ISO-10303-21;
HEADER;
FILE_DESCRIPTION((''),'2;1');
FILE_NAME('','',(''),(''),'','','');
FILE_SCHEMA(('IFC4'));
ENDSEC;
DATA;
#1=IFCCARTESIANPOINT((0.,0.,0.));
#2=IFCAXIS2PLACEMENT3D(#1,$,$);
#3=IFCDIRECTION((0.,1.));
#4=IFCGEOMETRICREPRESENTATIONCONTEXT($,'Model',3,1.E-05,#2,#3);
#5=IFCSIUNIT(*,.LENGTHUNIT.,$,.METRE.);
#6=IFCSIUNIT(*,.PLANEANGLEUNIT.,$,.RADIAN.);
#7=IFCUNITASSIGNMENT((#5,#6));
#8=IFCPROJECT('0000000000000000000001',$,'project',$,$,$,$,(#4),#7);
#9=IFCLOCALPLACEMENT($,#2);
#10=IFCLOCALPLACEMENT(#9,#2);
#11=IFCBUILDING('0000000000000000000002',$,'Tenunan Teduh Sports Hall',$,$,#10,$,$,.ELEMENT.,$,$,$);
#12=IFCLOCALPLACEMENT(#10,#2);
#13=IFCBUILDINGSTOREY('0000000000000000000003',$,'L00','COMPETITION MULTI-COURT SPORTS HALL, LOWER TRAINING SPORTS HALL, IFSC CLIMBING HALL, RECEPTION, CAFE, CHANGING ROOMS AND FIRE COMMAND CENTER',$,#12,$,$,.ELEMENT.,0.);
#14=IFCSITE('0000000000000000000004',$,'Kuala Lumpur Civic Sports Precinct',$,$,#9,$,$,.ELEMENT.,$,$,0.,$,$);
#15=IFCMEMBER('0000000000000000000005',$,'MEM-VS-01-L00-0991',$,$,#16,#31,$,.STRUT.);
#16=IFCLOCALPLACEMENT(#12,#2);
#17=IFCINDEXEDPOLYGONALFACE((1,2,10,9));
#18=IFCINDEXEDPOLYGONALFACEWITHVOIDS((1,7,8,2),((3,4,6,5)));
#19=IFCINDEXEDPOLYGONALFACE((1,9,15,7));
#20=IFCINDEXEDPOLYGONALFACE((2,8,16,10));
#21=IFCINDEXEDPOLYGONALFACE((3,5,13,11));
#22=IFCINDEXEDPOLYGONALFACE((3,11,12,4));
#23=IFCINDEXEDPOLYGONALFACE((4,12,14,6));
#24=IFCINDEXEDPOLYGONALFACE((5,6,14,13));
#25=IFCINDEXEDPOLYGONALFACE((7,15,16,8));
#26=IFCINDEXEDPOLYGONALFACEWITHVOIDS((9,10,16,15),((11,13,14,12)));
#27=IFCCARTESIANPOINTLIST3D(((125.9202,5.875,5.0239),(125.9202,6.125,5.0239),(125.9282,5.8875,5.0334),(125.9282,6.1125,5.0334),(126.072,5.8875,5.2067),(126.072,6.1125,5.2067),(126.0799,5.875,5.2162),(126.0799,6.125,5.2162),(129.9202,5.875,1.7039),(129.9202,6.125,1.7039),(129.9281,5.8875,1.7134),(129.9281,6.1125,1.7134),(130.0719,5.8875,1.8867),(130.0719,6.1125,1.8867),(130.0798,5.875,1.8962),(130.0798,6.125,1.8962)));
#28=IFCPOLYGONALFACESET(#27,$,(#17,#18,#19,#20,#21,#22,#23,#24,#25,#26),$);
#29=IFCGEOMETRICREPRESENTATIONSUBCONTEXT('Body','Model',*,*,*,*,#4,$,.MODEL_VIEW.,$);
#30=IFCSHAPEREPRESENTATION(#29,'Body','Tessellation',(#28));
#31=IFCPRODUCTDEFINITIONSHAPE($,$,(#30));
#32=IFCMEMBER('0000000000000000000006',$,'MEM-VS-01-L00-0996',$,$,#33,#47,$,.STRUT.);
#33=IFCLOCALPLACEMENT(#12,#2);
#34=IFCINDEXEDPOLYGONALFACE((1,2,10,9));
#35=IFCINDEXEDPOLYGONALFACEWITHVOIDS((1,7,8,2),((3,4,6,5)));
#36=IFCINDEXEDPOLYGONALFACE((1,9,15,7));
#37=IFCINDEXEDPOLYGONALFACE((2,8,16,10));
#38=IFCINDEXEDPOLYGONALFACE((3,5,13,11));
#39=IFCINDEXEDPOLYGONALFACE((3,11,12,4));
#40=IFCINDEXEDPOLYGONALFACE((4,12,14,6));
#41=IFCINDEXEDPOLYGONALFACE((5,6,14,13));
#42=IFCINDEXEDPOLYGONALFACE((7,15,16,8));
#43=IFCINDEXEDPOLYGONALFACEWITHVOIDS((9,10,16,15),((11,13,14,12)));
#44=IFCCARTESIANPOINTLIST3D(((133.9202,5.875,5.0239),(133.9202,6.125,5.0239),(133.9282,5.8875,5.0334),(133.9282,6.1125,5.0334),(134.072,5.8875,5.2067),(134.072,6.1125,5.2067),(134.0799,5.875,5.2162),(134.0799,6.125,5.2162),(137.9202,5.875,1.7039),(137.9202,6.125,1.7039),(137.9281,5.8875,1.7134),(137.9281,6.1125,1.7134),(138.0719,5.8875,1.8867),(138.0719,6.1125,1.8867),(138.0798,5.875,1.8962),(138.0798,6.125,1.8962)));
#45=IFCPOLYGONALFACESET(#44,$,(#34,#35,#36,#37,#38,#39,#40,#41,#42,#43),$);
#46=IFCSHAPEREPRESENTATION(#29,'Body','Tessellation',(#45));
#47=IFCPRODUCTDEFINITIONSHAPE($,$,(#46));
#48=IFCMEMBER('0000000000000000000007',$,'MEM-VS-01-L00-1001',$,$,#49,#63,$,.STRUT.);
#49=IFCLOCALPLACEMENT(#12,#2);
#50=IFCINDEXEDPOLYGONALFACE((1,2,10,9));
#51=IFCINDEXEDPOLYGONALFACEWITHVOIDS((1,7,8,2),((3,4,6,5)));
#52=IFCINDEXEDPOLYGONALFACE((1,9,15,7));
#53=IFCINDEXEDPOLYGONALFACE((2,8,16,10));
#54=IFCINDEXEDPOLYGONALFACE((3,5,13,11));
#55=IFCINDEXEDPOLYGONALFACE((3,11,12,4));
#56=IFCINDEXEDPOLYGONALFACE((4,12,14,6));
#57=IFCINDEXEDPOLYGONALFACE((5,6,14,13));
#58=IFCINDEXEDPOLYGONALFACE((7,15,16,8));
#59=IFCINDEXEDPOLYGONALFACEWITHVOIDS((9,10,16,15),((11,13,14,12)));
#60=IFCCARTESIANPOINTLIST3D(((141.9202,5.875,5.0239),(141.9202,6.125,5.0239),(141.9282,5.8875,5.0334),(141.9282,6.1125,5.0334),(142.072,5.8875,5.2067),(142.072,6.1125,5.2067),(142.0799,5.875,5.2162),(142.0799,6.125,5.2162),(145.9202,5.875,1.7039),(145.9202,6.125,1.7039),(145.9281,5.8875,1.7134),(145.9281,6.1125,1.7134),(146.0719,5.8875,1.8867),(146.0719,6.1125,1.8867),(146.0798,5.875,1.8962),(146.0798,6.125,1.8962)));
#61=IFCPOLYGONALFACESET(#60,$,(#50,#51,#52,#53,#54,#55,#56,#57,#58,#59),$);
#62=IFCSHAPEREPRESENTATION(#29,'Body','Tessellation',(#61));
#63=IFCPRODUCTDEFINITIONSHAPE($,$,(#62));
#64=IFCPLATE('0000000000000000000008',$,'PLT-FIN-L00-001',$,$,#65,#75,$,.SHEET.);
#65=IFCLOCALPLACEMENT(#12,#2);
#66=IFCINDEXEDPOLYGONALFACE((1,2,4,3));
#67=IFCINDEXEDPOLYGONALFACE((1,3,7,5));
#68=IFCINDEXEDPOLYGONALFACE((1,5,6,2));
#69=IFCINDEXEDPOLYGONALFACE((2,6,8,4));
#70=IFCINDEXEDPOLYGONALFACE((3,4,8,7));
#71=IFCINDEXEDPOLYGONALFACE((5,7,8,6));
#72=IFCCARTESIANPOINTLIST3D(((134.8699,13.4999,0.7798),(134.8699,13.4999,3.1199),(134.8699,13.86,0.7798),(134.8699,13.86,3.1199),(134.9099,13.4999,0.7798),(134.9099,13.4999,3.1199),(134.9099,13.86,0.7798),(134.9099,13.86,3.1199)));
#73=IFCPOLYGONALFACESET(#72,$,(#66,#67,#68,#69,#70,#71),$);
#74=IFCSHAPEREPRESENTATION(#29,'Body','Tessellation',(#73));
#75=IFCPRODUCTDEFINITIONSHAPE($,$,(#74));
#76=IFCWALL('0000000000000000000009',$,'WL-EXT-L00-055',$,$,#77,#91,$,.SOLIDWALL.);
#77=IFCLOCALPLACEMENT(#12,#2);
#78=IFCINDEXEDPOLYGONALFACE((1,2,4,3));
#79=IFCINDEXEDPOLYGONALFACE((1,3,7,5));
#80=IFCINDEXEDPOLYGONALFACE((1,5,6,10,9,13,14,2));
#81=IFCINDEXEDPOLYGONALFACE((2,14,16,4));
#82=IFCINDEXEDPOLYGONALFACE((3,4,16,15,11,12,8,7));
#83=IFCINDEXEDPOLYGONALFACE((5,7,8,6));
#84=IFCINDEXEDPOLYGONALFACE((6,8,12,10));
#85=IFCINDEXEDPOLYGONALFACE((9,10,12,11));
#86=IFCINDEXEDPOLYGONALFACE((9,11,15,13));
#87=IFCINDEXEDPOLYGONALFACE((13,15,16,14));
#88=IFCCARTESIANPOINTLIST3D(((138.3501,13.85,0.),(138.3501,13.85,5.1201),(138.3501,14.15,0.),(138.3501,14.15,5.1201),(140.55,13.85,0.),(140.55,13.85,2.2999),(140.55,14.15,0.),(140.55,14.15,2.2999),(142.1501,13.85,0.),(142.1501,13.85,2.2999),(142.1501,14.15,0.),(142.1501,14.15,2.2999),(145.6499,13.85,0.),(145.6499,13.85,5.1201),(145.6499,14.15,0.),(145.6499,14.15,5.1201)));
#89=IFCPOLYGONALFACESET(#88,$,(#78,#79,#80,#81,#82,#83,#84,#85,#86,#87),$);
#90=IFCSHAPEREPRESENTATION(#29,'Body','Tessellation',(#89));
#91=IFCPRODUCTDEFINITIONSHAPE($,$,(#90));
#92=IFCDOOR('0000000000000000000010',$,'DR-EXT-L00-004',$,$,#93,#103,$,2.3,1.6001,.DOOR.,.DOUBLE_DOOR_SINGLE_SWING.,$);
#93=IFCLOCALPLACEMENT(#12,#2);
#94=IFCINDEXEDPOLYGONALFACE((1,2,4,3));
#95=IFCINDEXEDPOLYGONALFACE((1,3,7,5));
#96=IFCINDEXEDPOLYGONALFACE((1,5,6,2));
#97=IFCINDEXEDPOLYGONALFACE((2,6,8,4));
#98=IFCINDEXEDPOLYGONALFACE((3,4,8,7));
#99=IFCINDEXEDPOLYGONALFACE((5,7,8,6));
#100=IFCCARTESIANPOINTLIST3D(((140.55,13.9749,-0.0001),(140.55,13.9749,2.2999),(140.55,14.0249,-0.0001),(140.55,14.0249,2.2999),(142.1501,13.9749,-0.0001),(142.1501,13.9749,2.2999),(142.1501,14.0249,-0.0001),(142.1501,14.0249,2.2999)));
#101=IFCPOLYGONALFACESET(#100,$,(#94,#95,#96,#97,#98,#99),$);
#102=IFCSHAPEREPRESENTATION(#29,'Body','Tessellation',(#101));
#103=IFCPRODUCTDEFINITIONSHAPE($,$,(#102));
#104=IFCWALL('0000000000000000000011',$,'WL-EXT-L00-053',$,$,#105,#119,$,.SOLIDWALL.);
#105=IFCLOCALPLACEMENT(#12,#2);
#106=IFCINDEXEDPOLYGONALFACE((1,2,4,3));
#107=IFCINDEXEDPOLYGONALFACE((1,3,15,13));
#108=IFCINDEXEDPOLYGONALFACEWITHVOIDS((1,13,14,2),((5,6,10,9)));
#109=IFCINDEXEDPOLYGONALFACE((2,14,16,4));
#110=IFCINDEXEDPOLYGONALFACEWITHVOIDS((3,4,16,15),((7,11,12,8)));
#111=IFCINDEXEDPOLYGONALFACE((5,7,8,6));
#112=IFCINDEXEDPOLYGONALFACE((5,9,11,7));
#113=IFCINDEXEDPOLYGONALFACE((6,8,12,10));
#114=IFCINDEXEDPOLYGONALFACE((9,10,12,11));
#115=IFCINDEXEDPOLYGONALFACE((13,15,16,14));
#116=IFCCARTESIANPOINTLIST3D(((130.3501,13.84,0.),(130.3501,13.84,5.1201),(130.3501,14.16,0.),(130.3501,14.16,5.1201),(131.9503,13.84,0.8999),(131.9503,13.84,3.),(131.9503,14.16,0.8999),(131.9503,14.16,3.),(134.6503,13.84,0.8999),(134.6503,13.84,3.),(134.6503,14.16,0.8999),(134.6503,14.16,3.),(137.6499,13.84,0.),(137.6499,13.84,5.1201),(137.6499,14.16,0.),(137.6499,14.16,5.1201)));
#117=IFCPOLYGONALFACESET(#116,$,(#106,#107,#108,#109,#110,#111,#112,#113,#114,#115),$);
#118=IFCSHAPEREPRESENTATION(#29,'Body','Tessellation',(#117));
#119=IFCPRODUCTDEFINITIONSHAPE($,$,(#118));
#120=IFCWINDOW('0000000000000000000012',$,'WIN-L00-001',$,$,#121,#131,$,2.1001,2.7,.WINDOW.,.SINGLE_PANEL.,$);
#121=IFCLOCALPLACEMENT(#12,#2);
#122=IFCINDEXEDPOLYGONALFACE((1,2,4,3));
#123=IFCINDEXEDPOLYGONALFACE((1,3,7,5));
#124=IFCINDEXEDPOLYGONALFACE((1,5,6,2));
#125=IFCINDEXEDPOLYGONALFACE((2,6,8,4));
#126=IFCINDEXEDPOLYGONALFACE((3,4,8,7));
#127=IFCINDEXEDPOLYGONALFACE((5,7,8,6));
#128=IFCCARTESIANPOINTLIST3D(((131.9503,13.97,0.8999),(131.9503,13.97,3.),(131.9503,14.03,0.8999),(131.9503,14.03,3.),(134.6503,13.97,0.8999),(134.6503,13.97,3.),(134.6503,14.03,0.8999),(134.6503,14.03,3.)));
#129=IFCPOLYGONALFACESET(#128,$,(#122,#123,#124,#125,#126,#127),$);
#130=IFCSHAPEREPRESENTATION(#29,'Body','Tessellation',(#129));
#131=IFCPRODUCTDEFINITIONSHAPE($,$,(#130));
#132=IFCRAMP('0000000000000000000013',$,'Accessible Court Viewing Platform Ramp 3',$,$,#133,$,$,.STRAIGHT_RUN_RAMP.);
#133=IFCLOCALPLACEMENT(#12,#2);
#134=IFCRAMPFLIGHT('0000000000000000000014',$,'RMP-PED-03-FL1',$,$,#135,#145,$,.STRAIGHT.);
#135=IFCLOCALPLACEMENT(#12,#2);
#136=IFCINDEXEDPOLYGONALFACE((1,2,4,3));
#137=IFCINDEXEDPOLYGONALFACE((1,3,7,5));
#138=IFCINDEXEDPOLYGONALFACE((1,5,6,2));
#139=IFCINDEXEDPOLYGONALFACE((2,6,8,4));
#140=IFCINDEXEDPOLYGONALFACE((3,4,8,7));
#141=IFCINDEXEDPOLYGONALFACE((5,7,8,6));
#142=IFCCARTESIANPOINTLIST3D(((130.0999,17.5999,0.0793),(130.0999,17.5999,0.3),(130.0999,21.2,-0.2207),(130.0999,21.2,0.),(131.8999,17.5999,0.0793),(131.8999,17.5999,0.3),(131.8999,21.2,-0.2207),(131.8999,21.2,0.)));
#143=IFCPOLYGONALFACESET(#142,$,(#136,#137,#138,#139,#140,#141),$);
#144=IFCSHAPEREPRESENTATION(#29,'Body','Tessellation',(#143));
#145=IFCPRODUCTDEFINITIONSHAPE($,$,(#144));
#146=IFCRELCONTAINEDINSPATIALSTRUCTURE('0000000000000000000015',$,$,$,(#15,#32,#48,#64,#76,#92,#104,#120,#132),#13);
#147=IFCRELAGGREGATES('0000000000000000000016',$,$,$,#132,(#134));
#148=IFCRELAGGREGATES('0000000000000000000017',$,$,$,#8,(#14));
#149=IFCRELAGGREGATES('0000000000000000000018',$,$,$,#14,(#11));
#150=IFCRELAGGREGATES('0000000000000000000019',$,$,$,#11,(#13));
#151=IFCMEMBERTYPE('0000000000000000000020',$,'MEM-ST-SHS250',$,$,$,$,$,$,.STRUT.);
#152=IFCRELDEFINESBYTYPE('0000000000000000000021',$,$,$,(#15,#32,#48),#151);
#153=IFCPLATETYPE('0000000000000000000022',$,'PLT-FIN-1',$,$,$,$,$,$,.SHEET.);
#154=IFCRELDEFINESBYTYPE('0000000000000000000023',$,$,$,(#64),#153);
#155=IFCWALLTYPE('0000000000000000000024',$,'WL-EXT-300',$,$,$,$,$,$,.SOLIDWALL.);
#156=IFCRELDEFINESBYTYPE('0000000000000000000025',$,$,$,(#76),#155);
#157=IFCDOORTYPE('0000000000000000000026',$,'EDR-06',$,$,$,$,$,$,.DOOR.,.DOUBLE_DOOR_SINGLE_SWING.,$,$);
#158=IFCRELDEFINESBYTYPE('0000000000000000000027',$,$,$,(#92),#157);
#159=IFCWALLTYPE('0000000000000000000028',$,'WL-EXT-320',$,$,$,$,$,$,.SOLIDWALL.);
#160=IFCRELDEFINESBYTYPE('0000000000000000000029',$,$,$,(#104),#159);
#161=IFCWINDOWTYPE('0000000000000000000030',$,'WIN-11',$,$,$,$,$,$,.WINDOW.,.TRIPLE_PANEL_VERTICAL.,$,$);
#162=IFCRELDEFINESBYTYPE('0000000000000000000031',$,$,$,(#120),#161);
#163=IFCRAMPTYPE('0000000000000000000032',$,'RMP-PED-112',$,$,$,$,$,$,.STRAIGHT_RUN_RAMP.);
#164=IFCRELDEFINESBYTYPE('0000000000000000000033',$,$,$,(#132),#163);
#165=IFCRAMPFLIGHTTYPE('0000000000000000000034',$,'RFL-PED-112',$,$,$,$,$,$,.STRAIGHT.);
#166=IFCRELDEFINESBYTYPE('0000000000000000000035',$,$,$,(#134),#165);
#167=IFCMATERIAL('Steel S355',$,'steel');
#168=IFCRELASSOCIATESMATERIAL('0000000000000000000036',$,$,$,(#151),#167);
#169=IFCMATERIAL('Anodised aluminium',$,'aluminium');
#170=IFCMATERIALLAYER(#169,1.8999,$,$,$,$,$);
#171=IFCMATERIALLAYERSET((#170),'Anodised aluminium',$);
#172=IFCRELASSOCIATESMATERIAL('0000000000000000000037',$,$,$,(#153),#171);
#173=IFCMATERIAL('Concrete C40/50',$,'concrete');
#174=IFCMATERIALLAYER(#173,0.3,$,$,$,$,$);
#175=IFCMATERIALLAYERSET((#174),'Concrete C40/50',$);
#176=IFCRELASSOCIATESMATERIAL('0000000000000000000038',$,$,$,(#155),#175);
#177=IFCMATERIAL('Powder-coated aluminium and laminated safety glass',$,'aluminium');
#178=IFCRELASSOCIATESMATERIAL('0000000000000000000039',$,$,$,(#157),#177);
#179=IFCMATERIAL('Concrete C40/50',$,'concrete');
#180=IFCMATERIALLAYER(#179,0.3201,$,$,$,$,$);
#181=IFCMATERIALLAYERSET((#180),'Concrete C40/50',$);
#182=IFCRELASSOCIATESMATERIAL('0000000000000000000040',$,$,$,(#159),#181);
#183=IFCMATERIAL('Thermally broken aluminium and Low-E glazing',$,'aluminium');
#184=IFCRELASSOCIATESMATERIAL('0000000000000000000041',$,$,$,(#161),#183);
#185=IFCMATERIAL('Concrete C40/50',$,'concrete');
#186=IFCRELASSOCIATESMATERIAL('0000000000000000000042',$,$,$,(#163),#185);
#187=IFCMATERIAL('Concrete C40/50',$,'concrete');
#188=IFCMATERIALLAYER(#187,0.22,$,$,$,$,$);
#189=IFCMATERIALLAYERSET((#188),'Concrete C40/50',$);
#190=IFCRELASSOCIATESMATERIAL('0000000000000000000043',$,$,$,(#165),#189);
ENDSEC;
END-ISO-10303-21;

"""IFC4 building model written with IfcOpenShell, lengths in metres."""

from ifc_helpers import new_model, si_unit, direction, frame, frame_2d, origin, origin_2d, place, context, subcontext, project, spatial, polyline, rectangle, hollow_rectangle, outline, extrude, material, layer, layer_set, material_profile, profile_set, type_object, element, fill, aggregate, save


model = new_model("IFC4")

# Units and contexts
model_context = context("Model", 3, precision=1e-05, world=origin(), true_north=direction((0.0, 1.0)))
body_context = subcontext(model_context, "Body", "Model", "MODEL_VIEW")
ifc_project = project(units=[si_unit("LENGTHUNIT", "METRE"), si_unit("PLANEANGLEUNIT", "RADIAN")], contexts=[model_context])

# Site, building, storey
site_placement = place(None, origin())
site = spatial("IfcSite", under=ifc_project, at=site_placement, Name="Kuala Lumpur Civic Sports Precinct", CompositionType="ELEMENT", RefElevation=0.0)
building_placement = place(site_placement, origin())
building = spatial("IfcBuilding", under=site, at=building_placement, Name="Tenunan Teduh Sports Hall", CompositionType="ELEMENT")
storey_placement = place(building_placement, origin())
storey = spatial("IfcBuildingStorey", under=building, at=storey_placement, Name="L00", Description="COMPETITION MULTI-COURT SPORTS HALL, LOWER TRAINING SPORTS HALL, IFSC CLIMBING HALL, RECEPTION, CAFE, CHANGING ROOMS AND FIRE COMMAND CENTER", CompositionType="ELEMENT", Elevation=0.0)

# Members
ifc_material_1 = material(Name="Steel S355", Category="steel")
ifc_material_profile_1 = material_profile(ifc_material_1, hollow_rectangle(XDim=0.25, YDim=0.25, WallThickness=0.0125, at=origin_2d()), Name="SHS 250x250x12.5")
ifc_profile_set_1 = profile_set([ifc_material_profile_1], Name="Steel S355")
member_type_1 = type_object("IfcMemberType", Name="MEM-ST-SHS250", PredefinedType="STRUT", material=ifc_profile_set_1)
for number, where, z_axis, x_axis, name in (
    (1, (130.0, 6.0, 1.8), (-0.769475, 0.0, 0.638677), (0.0, -1.0, 0.0), "MEM-VS-01-L00-0991"),
    (2, (138.0, 6.0, 1.8), (-0.769475, 0.0, 0.638677), (0.0, -1.0, 0.0), "MEM-VS-01-L00-0996"),
    (3, (146.0, 6.0, 1.8), (-0.769475, 0.0, 0.638677), (0.0, -1.0, 0.0), "MEM-VS-01-L00-1001"),
):
    element("IfcMember", number, at=place(storey_placement, frame(where, z_axis=z_axis, x_axis=x_axis)), inside=storey, type_object=member_type_1, Name=name, PredefinedType="STRUT", context=body_context, shape_type="SweptSolid", body=[
        extrude(hollow_rectangle(XDim=0.25, YDim=0.25, WallThickness=0.0125, at=origin_2d()), origin(), (0.0, 0.0, 1.0), 5.1982),
    ])

# Plate
ifc_material_2 = material(Name="Anodised aluminium", Category="aluminium")
ifc_layer_1 = layer(ifc_material_2, 1.8999)
ifc_layer_set_1 = layer_set([ifc_layer_1], Name="Anodised aluminium")
plate_type = type_object("IfcPlateType", Name="PLT-FIN-1", PredefinedType="SHEET", material=ifc_layer_set_1)
plate_placement = place(storey_placement, frame((134.8899, 13.6799, 0.7798), z_axis=(0.0, 0.0, 1.0), x_axis=(1.0, 0.0, 0.0)))
element("IfcPlate", 4, at=plate_placement, inside=storey, type_object=plate_type, Name="PLT-FIN-L00-001", PredefinedType="SHEET", context=body_context, shape_type="SweptSolid", body=[
    extrude(rectangle(XDim=0.04, YDim=0.3601, at=origin_2d()), origin(), (0.0, 0.0, 1.0), 2.3401),
])

# Wall, opening, door
ifc_material_3 = material(Name="Concrete C40/50", Category="concrete")
ifc_layer_2 = layer(ifc_material_3, 0.3)
ifc_layer_set_2 = layer_set([ifc_layer_2], Name="Concrete C40/50")
wall_type_1 = type_object("IfcWallType", Name="WL-EXT-300", PredefinedType="SOLIDWALL", material=ifc_layer_set_2)
wall_1_placement = place(storey_placement, frame((138.3501, 14.0, 0.0), z_axis=(0.0, 0.0, 1.0), x_axis=(1.0, 0.0, 0.0)))
wall_1 = element("IfcWall", 5, at=wall_1_placement, inside=storey, type_object=wall_type_1, Name="WL-EXT-L00-055", PredefinedType="SOLIDWALL", context=body_context, shape_type="SweptSolid", body=[
    extrude(rectangle(XDim=7.2998, YDim=0.3, at=frame_2d((3.6499, 0.0))), origin(), (0.0, 0.0, 1.0), 5.1201),
])
opening_1_placement = place(wall_1_placement, frame((2.2, 0.0, 0.0)))
opening_1 = element("IfcOpeningElement", 6, at=opening_1_placement, cuts=wall_1, PredefinedType="OPENING", context=body_context, shape_type="SweptSolid", body=[
    extrude(rectangle(XDim=1.6001, YDim=2.3, at=frame_2d((0.8, 1.1499))), frame((0.0, 0.1599, 0.0), z_axis=(0.0, -1.0, 0.0), x_axis=(1.0, 0.0, 0.0)), (0.0, 0.0, 1.0), 0.3201),
])
ifc_material_4 = material(Name="Powder-coated aluminium and laminated safety glass", Category="aluminium")
door_type_1 = type_object("IfcDoorType", Name="EDR-06", OperationType="DOUBLE_DOOR_SINGLE_SWING", PredefinedType="DOOR", material=ifc_material_4)
door_1_placement = place(opening_1_placement, origin())
door_1 = element("IfcDoor", 7, at=door_1_placement, inside=storey, type_object=door_type_1, Name="DR-EXT-L00-004", OperationType="DOUBLE_DOOR_SINGLE_SWING", OverallHeight=2.3, OverallWidth=1.6001, PredefinedType="DOOR", context=body_context, shape_type="SweptSolid", body=[
    extrude(rectangle(XDim=1.6001, YDim=2.3, at=frame_2d((0.8, 1.1499))), frame((0.0, 0.0249, 0.0), z_axis=(0.0, -1.0, 0.0), x_axis=(1.0, 0.0, 0.0)), (0.0, 0.0, 1.0), 0.05),
])
fill(opening_1, door_1)

# Wall, opening, window
ifc_material_5 = material(Name="Concrete C40/50", Category="concrete")
ifc_layer_3 = layer(ifc_material_5, 0.3201)
ifc_layer_set_3 = layer_set([ifc_layer_3], Name="Concrete C40/50")
wall_type_2 = type_object("IfcWallType", Name="WL-EXT-320", PredefinedType="SOLIDWALL", material=ifc_layer_set_3)
wall_2_placement = place(storey_placement, frame((130.3501, 14.0, 0.0), z_axis=(0.0, 0.0, 1.0), x_axis=(1.0, 0.0, 0.0)))
wall_2 = element("IfcWall", 8, at=wall_2_placement, inside=storey, type_object=wall_type_2, Name="WL-EXT-L00-053", PredefinedType="SOLIDWALL", context=body_context, shape_type="SweptSolid", body=[
    extrude(rectangle(XDim=7.2998, YDim=0.3201, at=frame_2d((3.6499, 0.0))), origin(), (0.0, 0.0, 1.0), 5.1201),
])
opening_2_placement = place(wall_2_placement, frame((1.6001, 0.0, 0.8999)))
opening_2 = element("IfcOpeningElement", 9, at=opening_2_placement, cuts=wall_2, PredefinedType="OPENING", context=body_context, shape_type="SweptSolid", body=[
    extrude(rectangle(XDim=2.7, YDim=2.1001, at=frame_2d((1.3501, 1.05))), frame((0.0, 0.1699, 0.0), z_axis=(0.0, -1.0, 0.0), x_axis=(1.0, 0.0, 0.0)), (0.0, 0.0, 1.0), 0.3401),
])
ifc_material_6 = material(Name="Thermally broken aluminium and Low-E glazing", Category="aluminium")
window_type = type_object("IfcWindowType", Name="WIN-11", PartitioningType="TRIPLE_PANEL_VERTICAL", PredefinedType="WINDOW", material=ifc_material_6)
window_placement = place(opening_2_placement, origin())
window = element("IfcWindow", 10, at=window_placement, inside=storey, type_object=window_type, Name="WIN-L00-001", OverallHeight=2.1001, OverallWidth=2.7, PartitioningType="SINGLE_PANEL", PredefinedType="WINDOW", context=body_context, shape_type="SweptSolid", body=[
    extrude(rectangle(XDim=2.7, YDim=2.1001, at=frame_2d((1.3501, 1.05))), frame((0.0, 0.03, 0.0), z_axis=(0.0, -1.0, 0.0), x_axis=(1.0, 0.0, 0.0)), (0.0, 0.0, 1.0), 0.0601),
])
fill(opening_2, window)

# Ramp, ramp flight
ifc_material_7 = material(Name="Concrete C40/50", Category="concrete")
ramp_type = type_object("IfcRampType", Name="RMP-PED-112", PredefinedType="STRAIGHT_RUN_RAMP", material=ifc_material_7)
ramp_placement = place(storey_placement, origin())
ramp = element("IfcRamp", 11, at=ramp_placement, inside=storey, type_object=ramp_type, Name="Accessible Court Viewing Platform Ramp 3", PredefinedType="STRAIGHT_RUN_RAMP")
ifc_material_8 = material(Name="Concrete C40/50", Category="concrete")
ifc_layer_4 = layer(ifc_material_8, 0.22)
ifc_layer_set_4 = layer_set([ifc_layer_4], Name="Concrete C40/50")
ramp_flight_type = type_object("IfcRampFlightType", Name="RFL-PED-112", PredefinedType="STRAIGHT", material=ifc_layer_set_4)
ramp_flight_placement = place(storey_placement, frame((131.0, 21.2, 0.0), z_axis=(0.0, 0.0, 1.0), x_axis=(0.0, -1.0, 0.0)))
ramp_flight = element("IfcRampFlight", 12, at=ramp_flight_placement, type_object=ramp_flight_type, Name="RMP-PED-03-FL1", PredefinedType="STRAIGHT", context=body_context, shape_type="SweptSolid", body=[
    extrude(outline(polyline([(0.0, 0.0), (3.6001, 0.3), (3.6001, 0.0793), (0.0, -0.2207), (0.0, 0.0)])), frame((0.0, 0.8999, 0.0), z_axis=(0.0, -1.0, 0.0), x_axis=(1.0, 0.0, 0.0)), (0.0, 0.0, 1.0), 1.8),
])
aggregate(ramp, [ramp_flight])

save(model, "model.ifc")
